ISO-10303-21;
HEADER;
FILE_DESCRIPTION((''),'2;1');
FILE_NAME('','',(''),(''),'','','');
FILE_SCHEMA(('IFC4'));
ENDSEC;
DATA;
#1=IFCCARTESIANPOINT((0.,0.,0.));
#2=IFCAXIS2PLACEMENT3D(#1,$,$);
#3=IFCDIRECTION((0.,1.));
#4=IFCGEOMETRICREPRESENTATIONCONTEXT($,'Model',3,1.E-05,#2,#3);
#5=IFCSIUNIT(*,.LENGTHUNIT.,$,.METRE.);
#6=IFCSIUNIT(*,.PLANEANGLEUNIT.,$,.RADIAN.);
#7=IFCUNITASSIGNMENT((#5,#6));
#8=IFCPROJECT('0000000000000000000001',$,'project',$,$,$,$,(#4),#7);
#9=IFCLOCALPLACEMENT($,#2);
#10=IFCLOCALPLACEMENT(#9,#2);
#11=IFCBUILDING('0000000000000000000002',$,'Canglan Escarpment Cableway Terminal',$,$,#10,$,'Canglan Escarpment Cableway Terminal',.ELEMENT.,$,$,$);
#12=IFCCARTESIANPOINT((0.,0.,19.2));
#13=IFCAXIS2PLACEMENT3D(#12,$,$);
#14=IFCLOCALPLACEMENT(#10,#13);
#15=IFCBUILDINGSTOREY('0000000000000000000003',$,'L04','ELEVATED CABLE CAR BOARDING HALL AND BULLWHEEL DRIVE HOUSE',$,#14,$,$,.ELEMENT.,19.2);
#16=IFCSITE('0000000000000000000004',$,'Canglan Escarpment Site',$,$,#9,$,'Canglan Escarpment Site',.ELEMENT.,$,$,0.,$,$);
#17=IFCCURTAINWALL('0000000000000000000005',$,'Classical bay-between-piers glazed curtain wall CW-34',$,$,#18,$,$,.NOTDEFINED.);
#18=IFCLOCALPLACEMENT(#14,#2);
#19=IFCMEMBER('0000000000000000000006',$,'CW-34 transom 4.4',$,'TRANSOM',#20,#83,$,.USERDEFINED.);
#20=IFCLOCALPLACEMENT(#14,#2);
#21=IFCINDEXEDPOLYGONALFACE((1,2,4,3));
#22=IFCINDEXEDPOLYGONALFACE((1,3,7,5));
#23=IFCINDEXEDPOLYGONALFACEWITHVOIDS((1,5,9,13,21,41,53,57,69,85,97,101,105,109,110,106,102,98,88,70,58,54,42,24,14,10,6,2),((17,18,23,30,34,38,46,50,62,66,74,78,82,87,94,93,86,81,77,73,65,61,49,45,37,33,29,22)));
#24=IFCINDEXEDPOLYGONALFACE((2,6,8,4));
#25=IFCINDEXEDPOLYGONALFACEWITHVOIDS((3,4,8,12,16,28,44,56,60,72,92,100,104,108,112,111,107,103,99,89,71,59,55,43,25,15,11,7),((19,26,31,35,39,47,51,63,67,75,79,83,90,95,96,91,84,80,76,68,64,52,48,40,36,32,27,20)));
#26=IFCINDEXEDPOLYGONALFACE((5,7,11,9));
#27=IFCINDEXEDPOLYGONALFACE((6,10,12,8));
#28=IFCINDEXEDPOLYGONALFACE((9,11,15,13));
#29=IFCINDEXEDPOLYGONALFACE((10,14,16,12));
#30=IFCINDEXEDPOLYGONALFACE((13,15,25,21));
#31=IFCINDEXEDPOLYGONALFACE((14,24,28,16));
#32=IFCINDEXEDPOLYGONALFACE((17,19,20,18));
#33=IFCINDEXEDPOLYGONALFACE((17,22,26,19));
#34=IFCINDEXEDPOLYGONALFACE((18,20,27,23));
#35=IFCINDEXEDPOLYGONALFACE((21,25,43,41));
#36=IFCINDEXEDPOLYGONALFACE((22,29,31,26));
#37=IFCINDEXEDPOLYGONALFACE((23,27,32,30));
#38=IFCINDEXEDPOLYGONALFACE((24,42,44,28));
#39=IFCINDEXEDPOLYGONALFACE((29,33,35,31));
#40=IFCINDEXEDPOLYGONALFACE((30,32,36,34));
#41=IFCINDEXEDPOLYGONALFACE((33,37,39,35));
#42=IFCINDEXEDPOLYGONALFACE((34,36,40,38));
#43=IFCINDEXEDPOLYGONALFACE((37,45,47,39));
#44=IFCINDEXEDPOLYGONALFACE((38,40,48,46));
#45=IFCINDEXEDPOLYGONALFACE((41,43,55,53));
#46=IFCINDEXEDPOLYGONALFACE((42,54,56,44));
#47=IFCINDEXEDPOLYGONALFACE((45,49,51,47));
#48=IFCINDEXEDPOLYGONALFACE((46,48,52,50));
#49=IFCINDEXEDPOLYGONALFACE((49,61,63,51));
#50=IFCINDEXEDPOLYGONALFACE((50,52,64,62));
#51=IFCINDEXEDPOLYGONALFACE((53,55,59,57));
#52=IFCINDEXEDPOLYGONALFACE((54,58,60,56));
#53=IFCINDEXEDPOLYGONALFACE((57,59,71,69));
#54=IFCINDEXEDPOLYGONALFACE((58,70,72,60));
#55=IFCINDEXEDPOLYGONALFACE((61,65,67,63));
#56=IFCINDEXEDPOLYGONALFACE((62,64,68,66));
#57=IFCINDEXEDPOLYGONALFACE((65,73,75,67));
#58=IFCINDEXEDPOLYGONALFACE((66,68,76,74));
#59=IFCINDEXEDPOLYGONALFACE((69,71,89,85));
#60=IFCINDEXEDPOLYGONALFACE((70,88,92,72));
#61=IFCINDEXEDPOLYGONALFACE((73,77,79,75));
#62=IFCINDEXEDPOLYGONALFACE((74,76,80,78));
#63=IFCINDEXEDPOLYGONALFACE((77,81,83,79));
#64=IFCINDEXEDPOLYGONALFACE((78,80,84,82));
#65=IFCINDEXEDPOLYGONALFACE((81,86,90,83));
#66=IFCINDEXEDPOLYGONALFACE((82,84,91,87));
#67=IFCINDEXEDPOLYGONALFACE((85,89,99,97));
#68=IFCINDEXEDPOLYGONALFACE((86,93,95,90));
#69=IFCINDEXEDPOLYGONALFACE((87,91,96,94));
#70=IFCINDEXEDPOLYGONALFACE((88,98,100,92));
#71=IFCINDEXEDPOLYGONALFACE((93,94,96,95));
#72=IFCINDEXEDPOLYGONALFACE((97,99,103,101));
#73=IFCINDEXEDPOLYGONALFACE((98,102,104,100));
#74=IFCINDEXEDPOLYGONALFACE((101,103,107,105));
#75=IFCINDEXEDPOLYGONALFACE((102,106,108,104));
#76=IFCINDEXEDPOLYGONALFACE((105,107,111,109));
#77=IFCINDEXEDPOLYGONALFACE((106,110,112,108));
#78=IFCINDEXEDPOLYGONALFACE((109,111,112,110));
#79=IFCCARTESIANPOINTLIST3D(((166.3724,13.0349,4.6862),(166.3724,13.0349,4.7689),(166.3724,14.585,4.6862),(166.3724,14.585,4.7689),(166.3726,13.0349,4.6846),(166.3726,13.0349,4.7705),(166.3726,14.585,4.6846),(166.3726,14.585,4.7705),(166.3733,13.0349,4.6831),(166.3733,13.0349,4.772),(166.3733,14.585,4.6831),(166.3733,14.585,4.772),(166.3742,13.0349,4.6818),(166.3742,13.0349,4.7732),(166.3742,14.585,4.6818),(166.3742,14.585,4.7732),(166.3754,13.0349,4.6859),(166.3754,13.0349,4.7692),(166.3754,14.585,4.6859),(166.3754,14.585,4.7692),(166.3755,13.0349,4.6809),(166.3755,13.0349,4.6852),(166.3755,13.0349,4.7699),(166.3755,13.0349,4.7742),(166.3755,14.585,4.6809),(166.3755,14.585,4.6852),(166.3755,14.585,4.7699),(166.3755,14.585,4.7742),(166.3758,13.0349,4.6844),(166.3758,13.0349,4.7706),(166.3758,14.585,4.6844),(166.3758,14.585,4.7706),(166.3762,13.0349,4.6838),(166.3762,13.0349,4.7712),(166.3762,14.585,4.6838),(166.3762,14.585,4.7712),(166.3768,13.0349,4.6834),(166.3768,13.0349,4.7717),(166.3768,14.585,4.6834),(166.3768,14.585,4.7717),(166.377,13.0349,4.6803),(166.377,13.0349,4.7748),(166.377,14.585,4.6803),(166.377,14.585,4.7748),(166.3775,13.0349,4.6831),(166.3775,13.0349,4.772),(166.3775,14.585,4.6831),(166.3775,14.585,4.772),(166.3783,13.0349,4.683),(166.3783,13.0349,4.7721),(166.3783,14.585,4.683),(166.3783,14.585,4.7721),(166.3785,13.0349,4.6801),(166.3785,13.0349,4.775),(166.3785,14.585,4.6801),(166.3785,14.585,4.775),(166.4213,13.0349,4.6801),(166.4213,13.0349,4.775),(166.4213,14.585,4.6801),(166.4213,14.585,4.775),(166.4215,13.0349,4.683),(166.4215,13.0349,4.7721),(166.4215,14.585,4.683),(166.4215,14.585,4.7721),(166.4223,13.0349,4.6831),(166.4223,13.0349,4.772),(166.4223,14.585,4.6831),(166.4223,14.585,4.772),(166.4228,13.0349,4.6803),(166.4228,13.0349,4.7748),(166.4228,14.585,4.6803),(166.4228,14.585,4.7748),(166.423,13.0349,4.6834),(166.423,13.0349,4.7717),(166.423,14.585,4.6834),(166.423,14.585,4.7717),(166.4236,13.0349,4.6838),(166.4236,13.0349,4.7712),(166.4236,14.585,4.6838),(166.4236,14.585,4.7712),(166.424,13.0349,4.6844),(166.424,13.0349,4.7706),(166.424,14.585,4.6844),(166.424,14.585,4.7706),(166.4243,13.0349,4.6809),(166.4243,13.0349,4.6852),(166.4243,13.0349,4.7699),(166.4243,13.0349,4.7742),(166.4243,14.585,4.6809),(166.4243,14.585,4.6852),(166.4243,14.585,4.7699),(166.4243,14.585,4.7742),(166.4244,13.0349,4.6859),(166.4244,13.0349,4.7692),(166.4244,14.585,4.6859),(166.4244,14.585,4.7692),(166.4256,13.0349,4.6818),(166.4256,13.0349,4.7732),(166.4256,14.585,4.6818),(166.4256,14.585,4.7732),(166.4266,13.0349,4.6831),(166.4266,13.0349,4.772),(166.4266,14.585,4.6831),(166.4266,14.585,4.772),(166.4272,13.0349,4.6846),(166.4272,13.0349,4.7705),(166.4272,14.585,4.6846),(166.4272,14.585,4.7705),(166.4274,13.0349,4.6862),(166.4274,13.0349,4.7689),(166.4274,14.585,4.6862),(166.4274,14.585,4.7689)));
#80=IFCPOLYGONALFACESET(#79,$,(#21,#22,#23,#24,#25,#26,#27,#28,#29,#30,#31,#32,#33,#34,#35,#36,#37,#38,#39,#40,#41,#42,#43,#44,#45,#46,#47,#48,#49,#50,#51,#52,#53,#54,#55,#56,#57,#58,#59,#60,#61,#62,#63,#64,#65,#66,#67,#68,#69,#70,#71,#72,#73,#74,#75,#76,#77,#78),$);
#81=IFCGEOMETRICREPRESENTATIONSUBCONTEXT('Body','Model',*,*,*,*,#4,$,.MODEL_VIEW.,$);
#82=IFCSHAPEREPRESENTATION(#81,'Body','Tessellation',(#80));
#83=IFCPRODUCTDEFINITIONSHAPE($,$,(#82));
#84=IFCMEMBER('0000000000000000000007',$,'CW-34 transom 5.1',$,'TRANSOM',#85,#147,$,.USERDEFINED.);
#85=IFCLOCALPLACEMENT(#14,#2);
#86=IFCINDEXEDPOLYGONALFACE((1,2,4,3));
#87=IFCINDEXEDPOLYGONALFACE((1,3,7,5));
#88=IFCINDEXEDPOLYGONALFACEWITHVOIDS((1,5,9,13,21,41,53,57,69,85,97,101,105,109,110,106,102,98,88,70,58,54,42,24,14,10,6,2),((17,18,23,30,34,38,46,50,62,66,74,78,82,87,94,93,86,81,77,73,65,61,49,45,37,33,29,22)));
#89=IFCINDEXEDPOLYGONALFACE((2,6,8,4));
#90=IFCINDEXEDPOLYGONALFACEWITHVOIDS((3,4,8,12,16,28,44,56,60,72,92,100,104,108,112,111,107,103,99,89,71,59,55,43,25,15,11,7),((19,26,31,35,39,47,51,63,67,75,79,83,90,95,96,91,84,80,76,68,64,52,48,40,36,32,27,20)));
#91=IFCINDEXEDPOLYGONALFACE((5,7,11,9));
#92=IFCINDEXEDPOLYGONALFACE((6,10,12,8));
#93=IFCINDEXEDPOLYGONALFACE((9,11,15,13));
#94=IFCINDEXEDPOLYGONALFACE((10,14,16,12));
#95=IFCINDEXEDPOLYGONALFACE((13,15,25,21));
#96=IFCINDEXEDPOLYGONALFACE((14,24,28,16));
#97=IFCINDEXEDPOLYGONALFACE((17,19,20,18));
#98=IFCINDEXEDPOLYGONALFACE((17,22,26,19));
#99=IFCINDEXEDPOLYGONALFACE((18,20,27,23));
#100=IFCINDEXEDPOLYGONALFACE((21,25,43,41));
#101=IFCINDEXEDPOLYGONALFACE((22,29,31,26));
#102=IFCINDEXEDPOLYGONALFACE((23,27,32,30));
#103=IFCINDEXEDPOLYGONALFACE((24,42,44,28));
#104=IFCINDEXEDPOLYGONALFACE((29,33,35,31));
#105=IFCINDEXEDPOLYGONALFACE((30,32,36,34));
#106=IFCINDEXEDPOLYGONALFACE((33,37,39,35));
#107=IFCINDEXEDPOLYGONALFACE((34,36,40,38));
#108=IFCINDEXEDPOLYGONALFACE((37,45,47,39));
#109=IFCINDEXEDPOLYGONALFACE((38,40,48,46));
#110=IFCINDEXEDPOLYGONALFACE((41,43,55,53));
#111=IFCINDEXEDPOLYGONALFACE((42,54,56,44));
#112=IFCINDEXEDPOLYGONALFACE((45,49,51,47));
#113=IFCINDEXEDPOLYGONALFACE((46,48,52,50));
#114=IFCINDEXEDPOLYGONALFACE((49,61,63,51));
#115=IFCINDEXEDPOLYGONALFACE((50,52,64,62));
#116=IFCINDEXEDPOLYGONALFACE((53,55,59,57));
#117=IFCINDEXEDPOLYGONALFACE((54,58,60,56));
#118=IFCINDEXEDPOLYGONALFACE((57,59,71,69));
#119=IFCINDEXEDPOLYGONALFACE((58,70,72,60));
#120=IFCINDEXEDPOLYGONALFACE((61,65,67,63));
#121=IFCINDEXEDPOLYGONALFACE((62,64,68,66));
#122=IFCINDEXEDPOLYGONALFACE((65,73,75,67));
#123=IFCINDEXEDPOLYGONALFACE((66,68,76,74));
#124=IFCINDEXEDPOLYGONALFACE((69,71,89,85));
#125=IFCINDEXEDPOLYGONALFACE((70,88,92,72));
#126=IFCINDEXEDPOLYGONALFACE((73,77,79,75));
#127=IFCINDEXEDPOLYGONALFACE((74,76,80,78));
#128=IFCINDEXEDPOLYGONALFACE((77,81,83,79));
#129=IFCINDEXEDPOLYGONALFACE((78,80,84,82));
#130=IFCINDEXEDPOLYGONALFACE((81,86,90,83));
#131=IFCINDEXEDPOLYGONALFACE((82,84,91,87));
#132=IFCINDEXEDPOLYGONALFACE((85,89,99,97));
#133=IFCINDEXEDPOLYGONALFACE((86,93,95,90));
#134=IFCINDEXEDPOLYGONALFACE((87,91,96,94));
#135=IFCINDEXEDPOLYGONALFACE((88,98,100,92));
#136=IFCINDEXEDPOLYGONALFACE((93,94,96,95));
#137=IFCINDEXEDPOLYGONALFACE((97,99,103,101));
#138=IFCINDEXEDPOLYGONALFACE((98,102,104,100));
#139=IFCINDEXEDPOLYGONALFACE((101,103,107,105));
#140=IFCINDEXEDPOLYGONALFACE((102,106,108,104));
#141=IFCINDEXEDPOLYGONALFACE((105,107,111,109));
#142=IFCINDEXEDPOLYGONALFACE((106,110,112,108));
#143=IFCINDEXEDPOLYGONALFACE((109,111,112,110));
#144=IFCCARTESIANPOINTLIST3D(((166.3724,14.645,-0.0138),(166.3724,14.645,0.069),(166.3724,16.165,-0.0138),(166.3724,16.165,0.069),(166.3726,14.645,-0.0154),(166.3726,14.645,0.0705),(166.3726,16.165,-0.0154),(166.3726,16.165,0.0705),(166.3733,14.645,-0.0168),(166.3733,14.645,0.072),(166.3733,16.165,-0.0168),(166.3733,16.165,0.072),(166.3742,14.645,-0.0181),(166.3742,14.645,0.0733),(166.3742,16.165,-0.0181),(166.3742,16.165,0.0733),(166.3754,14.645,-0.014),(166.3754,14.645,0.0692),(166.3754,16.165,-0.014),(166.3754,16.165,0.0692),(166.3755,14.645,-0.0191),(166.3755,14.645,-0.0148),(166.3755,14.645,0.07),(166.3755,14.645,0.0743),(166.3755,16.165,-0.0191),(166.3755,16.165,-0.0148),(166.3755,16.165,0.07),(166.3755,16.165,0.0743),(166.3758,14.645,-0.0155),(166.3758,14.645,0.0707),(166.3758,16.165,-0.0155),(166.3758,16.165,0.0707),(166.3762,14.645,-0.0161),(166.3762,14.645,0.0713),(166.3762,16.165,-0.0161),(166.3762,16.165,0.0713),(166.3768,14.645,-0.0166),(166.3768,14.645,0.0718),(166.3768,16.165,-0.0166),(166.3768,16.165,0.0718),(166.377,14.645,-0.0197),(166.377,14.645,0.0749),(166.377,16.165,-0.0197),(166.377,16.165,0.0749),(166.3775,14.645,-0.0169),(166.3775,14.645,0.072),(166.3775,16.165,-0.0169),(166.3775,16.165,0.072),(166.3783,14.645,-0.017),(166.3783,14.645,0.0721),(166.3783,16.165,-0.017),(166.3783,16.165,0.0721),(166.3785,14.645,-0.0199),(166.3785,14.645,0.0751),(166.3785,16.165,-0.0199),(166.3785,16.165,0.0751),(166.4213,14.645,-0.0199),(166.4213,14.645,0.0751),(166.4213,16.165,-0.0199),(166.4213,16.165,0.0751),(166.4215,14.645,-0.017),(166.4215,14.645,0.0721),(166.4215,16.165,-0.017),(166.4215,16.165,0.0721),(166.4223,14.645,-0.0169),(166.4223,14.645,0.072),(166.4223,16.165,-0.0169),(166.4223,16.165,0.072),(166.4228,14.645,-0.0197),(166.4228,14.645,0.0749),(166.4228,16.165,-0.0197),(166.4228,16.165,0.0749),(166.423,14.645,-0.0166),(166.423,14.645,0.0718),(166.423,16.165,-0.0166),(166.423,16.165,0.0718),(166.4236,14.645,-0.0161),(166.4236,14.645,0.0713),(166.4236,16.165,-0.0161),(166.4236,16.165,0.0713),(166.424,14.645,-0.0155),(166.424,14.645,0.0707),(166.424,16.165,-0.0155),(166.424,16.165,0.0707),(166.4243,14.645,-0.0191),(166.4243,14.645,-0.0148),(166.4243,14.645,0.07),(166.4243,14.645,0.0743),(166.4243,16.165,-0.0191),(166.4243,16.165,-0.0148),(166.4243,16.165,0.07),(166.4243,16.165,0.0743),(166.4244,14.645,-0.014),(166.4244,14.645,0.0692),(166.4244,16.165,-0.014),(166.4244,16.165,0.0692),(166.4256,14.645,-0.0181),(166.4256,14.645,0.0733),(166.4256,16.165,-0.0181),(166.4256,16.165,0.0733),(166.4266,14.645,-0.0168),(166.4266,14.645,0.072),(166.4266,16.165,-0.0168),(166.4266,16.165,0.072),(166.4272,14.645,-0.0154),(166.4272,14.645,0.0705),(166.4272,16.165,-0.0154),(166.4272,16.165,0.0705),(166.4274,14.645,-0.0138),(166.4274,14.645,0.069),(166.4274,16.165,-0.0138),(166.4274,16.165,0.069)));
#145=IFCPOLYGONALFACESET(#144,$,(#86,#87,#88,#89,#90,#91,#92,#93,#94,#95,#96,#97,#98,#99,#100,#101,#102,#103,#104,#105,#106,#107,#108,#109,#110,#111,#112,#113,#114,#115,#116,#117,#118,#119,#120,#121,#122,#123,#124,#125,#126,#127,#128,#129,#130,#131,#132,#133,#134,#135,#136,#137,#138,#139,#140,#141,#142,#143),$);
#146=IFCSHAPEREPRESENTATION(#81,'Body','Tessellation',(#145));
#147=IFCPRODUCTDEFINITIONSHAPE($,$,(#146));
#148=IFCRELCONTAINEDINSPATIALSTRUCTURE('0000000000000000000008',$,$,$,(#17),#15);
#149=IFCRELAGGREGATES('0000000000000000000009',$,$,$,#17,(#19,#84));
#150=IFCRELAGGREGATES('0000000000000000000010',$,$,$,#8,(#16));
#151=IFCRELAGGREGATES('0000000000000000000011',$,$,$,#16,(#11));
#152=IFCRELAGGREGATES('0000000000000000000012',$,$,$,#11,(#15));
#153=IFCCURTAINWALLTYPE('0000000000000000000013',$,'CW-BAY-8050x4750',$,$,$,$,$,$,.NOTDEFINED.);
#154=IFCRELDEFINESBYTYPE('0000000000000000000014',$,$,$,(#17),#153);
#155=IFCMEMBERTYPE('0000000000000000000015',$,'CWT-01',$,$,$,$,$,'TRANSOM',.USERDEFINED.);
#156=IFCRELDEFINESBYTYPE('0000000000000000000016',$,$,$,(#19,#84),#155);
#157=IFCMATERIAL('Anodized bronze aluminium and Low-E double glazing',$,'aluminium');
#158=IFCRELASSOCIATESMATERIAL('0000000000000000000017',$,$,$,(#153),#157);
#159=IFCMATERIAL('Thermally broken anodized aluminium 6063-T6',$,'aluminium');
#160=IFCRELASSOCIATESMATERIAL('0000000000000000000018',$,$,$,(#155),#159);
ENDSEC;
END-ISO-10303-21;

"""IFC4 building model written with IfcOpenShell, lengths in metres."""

from ifc_helpers import new_model, si_unit, direction, frame, origin, origin_2d, place, context, subcontext, project, spatial, hollow_rectangle, extrude, material, material_profile, profile_set, type_object, element, aggregate, save


model = new_model("IFC4")

# Units and contexts
model_context = context("Model", 3, precision=1e-05, world=origin(), true_north=direction((0.0, 1.0)))
body_context = subcontext(model_context, "Body", "Model", "MODEL_VIEW")
ifc_project = project(units=[si_unit("LENGTHUNIT", "METRE"), si_unit("PLANEANGLEUNIT", "RADIAN")], contexts=[model_context])

# Site, building, storey
site_placement = place(None, origin())
site = spatial("IfcSite", under=ifc_project, at=site_placement, Name="Canglan Escarpment Site", LongName="Canglan Escarpment Site", CompositionType="ELEMENT", RefElevation=0.0)
building_placement = place(site_placement, origin())
building = spatial("IfcBuilding", under=site, at=building_placement, Name="Canglan Escarpment Cableway Terminal", LongName="Canglan Escarpment Cableway Terminal", CompositionType="ELEMENT")
storey_placement = place(building_placement, frame((0.0, 0.0, 19.2)))
storey = spatial("IfcBuildingStorey", under=building, at=storey_placement, Name="L04", Description="ELEVATED CABLE CAR BOARDING HALL AND BULLWHEEL DRIVE HOUSE", CompositionType="ELEMENT", Elevation=19.2)

# Curtain wall
ifc_material_1 = material(Name="Anodized bronze aluminium and Low-E double glazing", Category="aluminium")
curtain_wall_type = type_object("IfcCurtainWallType", Name="CW-BAY-8050x4750", PredefinedType="NOTDEFINED", material=ifc_material_1)
curtain_wall_1_placement = place(storey_placement, origin())
curtain_wall_1 = element("IfcCurtainWall", 1, at=curtain_wall_1_placement, inside=storey, type_object=curtain_wall_type, Name="Classical bay-between-piers glazed curtain wall CW-34", PredefinedType="NOTDEFINED")
ifc_material_2 = material(Name="Thermally broken anodized aluminium 6063-T6", Category="aluminium")

# Members
ifc_material_profile_1 = material_profile(ifc_material_2, hollow_rectangle(XDim=0.0549, YDim=0.095, WallThickness=0.0029, InnerFilletRadius=0.0029, OuterFilletRadius=0.0061, at=origin_2d()), Name="ALU-TRAN 55x95x3")
ifc_profile_set_1 = profile_set([ifc_material_profile_1], Name="Thermally broken anodized aluminium 6063-T6")
member_type_1 = type_object("IfcMemberType", Name="CWT-01", ElementType="TRANSOM", PredefinedType="USERDEFINED", material=ifc_profile_set_1)
member_1_placement = place(storey_placement, frame((166.3999, 13.0349, 4.7275), z_axis=(0.0, 1.0, 0.0), x_axis=(-1.0, 0.0, 0.0)))
member_1 = element("IfcMember", 2, at=member_1_placement, type_object=member_type_1, Name="CW-34 transom 4.4", ObjectType="TRANSOM", PredefinedType="USERDEFINED", context=body_context, shape_type="SweptSolid", body=[
    extrude(hollow_rectangle(XDim=0.0549, YDim=0.095, WallThickness=0.0029, InnerFilletRadius=0.0029, OuterFilletRadius=0.0061, at=origin_2d()), origin(), (0.0, 0.0, 1.0), 1.55),
])
member_2_placement = place(storey_placement, frame((166.3999, 14.645, 0.0276), z_axis=(0.0, 1.0, 0.0), x_axis=(-1.0, 0.0, 0.0)))
member_2 = element("IfcMember", 3, at=member_2_placement, type_object=member_type_1, Name="CW-34 transom 5.1", ObjectType="TRANSOM", PredefinedType="USERDEFINED", context=body_context, shape_type="SweptSolid", body=[
    extrude(hollow_rectangle(XDim=0.0549, YDim=0.095, WallThickness=0.0029, InnerFilletRadius=0.0029, OuterFilletRadius=0.0061, at=origin_2d()), origin(), (0.0, 0.0, 1.0), 1.52),
])

aggregate(curtain_wall_1, [member_1, member_2])

save(model, "model.ifc")
